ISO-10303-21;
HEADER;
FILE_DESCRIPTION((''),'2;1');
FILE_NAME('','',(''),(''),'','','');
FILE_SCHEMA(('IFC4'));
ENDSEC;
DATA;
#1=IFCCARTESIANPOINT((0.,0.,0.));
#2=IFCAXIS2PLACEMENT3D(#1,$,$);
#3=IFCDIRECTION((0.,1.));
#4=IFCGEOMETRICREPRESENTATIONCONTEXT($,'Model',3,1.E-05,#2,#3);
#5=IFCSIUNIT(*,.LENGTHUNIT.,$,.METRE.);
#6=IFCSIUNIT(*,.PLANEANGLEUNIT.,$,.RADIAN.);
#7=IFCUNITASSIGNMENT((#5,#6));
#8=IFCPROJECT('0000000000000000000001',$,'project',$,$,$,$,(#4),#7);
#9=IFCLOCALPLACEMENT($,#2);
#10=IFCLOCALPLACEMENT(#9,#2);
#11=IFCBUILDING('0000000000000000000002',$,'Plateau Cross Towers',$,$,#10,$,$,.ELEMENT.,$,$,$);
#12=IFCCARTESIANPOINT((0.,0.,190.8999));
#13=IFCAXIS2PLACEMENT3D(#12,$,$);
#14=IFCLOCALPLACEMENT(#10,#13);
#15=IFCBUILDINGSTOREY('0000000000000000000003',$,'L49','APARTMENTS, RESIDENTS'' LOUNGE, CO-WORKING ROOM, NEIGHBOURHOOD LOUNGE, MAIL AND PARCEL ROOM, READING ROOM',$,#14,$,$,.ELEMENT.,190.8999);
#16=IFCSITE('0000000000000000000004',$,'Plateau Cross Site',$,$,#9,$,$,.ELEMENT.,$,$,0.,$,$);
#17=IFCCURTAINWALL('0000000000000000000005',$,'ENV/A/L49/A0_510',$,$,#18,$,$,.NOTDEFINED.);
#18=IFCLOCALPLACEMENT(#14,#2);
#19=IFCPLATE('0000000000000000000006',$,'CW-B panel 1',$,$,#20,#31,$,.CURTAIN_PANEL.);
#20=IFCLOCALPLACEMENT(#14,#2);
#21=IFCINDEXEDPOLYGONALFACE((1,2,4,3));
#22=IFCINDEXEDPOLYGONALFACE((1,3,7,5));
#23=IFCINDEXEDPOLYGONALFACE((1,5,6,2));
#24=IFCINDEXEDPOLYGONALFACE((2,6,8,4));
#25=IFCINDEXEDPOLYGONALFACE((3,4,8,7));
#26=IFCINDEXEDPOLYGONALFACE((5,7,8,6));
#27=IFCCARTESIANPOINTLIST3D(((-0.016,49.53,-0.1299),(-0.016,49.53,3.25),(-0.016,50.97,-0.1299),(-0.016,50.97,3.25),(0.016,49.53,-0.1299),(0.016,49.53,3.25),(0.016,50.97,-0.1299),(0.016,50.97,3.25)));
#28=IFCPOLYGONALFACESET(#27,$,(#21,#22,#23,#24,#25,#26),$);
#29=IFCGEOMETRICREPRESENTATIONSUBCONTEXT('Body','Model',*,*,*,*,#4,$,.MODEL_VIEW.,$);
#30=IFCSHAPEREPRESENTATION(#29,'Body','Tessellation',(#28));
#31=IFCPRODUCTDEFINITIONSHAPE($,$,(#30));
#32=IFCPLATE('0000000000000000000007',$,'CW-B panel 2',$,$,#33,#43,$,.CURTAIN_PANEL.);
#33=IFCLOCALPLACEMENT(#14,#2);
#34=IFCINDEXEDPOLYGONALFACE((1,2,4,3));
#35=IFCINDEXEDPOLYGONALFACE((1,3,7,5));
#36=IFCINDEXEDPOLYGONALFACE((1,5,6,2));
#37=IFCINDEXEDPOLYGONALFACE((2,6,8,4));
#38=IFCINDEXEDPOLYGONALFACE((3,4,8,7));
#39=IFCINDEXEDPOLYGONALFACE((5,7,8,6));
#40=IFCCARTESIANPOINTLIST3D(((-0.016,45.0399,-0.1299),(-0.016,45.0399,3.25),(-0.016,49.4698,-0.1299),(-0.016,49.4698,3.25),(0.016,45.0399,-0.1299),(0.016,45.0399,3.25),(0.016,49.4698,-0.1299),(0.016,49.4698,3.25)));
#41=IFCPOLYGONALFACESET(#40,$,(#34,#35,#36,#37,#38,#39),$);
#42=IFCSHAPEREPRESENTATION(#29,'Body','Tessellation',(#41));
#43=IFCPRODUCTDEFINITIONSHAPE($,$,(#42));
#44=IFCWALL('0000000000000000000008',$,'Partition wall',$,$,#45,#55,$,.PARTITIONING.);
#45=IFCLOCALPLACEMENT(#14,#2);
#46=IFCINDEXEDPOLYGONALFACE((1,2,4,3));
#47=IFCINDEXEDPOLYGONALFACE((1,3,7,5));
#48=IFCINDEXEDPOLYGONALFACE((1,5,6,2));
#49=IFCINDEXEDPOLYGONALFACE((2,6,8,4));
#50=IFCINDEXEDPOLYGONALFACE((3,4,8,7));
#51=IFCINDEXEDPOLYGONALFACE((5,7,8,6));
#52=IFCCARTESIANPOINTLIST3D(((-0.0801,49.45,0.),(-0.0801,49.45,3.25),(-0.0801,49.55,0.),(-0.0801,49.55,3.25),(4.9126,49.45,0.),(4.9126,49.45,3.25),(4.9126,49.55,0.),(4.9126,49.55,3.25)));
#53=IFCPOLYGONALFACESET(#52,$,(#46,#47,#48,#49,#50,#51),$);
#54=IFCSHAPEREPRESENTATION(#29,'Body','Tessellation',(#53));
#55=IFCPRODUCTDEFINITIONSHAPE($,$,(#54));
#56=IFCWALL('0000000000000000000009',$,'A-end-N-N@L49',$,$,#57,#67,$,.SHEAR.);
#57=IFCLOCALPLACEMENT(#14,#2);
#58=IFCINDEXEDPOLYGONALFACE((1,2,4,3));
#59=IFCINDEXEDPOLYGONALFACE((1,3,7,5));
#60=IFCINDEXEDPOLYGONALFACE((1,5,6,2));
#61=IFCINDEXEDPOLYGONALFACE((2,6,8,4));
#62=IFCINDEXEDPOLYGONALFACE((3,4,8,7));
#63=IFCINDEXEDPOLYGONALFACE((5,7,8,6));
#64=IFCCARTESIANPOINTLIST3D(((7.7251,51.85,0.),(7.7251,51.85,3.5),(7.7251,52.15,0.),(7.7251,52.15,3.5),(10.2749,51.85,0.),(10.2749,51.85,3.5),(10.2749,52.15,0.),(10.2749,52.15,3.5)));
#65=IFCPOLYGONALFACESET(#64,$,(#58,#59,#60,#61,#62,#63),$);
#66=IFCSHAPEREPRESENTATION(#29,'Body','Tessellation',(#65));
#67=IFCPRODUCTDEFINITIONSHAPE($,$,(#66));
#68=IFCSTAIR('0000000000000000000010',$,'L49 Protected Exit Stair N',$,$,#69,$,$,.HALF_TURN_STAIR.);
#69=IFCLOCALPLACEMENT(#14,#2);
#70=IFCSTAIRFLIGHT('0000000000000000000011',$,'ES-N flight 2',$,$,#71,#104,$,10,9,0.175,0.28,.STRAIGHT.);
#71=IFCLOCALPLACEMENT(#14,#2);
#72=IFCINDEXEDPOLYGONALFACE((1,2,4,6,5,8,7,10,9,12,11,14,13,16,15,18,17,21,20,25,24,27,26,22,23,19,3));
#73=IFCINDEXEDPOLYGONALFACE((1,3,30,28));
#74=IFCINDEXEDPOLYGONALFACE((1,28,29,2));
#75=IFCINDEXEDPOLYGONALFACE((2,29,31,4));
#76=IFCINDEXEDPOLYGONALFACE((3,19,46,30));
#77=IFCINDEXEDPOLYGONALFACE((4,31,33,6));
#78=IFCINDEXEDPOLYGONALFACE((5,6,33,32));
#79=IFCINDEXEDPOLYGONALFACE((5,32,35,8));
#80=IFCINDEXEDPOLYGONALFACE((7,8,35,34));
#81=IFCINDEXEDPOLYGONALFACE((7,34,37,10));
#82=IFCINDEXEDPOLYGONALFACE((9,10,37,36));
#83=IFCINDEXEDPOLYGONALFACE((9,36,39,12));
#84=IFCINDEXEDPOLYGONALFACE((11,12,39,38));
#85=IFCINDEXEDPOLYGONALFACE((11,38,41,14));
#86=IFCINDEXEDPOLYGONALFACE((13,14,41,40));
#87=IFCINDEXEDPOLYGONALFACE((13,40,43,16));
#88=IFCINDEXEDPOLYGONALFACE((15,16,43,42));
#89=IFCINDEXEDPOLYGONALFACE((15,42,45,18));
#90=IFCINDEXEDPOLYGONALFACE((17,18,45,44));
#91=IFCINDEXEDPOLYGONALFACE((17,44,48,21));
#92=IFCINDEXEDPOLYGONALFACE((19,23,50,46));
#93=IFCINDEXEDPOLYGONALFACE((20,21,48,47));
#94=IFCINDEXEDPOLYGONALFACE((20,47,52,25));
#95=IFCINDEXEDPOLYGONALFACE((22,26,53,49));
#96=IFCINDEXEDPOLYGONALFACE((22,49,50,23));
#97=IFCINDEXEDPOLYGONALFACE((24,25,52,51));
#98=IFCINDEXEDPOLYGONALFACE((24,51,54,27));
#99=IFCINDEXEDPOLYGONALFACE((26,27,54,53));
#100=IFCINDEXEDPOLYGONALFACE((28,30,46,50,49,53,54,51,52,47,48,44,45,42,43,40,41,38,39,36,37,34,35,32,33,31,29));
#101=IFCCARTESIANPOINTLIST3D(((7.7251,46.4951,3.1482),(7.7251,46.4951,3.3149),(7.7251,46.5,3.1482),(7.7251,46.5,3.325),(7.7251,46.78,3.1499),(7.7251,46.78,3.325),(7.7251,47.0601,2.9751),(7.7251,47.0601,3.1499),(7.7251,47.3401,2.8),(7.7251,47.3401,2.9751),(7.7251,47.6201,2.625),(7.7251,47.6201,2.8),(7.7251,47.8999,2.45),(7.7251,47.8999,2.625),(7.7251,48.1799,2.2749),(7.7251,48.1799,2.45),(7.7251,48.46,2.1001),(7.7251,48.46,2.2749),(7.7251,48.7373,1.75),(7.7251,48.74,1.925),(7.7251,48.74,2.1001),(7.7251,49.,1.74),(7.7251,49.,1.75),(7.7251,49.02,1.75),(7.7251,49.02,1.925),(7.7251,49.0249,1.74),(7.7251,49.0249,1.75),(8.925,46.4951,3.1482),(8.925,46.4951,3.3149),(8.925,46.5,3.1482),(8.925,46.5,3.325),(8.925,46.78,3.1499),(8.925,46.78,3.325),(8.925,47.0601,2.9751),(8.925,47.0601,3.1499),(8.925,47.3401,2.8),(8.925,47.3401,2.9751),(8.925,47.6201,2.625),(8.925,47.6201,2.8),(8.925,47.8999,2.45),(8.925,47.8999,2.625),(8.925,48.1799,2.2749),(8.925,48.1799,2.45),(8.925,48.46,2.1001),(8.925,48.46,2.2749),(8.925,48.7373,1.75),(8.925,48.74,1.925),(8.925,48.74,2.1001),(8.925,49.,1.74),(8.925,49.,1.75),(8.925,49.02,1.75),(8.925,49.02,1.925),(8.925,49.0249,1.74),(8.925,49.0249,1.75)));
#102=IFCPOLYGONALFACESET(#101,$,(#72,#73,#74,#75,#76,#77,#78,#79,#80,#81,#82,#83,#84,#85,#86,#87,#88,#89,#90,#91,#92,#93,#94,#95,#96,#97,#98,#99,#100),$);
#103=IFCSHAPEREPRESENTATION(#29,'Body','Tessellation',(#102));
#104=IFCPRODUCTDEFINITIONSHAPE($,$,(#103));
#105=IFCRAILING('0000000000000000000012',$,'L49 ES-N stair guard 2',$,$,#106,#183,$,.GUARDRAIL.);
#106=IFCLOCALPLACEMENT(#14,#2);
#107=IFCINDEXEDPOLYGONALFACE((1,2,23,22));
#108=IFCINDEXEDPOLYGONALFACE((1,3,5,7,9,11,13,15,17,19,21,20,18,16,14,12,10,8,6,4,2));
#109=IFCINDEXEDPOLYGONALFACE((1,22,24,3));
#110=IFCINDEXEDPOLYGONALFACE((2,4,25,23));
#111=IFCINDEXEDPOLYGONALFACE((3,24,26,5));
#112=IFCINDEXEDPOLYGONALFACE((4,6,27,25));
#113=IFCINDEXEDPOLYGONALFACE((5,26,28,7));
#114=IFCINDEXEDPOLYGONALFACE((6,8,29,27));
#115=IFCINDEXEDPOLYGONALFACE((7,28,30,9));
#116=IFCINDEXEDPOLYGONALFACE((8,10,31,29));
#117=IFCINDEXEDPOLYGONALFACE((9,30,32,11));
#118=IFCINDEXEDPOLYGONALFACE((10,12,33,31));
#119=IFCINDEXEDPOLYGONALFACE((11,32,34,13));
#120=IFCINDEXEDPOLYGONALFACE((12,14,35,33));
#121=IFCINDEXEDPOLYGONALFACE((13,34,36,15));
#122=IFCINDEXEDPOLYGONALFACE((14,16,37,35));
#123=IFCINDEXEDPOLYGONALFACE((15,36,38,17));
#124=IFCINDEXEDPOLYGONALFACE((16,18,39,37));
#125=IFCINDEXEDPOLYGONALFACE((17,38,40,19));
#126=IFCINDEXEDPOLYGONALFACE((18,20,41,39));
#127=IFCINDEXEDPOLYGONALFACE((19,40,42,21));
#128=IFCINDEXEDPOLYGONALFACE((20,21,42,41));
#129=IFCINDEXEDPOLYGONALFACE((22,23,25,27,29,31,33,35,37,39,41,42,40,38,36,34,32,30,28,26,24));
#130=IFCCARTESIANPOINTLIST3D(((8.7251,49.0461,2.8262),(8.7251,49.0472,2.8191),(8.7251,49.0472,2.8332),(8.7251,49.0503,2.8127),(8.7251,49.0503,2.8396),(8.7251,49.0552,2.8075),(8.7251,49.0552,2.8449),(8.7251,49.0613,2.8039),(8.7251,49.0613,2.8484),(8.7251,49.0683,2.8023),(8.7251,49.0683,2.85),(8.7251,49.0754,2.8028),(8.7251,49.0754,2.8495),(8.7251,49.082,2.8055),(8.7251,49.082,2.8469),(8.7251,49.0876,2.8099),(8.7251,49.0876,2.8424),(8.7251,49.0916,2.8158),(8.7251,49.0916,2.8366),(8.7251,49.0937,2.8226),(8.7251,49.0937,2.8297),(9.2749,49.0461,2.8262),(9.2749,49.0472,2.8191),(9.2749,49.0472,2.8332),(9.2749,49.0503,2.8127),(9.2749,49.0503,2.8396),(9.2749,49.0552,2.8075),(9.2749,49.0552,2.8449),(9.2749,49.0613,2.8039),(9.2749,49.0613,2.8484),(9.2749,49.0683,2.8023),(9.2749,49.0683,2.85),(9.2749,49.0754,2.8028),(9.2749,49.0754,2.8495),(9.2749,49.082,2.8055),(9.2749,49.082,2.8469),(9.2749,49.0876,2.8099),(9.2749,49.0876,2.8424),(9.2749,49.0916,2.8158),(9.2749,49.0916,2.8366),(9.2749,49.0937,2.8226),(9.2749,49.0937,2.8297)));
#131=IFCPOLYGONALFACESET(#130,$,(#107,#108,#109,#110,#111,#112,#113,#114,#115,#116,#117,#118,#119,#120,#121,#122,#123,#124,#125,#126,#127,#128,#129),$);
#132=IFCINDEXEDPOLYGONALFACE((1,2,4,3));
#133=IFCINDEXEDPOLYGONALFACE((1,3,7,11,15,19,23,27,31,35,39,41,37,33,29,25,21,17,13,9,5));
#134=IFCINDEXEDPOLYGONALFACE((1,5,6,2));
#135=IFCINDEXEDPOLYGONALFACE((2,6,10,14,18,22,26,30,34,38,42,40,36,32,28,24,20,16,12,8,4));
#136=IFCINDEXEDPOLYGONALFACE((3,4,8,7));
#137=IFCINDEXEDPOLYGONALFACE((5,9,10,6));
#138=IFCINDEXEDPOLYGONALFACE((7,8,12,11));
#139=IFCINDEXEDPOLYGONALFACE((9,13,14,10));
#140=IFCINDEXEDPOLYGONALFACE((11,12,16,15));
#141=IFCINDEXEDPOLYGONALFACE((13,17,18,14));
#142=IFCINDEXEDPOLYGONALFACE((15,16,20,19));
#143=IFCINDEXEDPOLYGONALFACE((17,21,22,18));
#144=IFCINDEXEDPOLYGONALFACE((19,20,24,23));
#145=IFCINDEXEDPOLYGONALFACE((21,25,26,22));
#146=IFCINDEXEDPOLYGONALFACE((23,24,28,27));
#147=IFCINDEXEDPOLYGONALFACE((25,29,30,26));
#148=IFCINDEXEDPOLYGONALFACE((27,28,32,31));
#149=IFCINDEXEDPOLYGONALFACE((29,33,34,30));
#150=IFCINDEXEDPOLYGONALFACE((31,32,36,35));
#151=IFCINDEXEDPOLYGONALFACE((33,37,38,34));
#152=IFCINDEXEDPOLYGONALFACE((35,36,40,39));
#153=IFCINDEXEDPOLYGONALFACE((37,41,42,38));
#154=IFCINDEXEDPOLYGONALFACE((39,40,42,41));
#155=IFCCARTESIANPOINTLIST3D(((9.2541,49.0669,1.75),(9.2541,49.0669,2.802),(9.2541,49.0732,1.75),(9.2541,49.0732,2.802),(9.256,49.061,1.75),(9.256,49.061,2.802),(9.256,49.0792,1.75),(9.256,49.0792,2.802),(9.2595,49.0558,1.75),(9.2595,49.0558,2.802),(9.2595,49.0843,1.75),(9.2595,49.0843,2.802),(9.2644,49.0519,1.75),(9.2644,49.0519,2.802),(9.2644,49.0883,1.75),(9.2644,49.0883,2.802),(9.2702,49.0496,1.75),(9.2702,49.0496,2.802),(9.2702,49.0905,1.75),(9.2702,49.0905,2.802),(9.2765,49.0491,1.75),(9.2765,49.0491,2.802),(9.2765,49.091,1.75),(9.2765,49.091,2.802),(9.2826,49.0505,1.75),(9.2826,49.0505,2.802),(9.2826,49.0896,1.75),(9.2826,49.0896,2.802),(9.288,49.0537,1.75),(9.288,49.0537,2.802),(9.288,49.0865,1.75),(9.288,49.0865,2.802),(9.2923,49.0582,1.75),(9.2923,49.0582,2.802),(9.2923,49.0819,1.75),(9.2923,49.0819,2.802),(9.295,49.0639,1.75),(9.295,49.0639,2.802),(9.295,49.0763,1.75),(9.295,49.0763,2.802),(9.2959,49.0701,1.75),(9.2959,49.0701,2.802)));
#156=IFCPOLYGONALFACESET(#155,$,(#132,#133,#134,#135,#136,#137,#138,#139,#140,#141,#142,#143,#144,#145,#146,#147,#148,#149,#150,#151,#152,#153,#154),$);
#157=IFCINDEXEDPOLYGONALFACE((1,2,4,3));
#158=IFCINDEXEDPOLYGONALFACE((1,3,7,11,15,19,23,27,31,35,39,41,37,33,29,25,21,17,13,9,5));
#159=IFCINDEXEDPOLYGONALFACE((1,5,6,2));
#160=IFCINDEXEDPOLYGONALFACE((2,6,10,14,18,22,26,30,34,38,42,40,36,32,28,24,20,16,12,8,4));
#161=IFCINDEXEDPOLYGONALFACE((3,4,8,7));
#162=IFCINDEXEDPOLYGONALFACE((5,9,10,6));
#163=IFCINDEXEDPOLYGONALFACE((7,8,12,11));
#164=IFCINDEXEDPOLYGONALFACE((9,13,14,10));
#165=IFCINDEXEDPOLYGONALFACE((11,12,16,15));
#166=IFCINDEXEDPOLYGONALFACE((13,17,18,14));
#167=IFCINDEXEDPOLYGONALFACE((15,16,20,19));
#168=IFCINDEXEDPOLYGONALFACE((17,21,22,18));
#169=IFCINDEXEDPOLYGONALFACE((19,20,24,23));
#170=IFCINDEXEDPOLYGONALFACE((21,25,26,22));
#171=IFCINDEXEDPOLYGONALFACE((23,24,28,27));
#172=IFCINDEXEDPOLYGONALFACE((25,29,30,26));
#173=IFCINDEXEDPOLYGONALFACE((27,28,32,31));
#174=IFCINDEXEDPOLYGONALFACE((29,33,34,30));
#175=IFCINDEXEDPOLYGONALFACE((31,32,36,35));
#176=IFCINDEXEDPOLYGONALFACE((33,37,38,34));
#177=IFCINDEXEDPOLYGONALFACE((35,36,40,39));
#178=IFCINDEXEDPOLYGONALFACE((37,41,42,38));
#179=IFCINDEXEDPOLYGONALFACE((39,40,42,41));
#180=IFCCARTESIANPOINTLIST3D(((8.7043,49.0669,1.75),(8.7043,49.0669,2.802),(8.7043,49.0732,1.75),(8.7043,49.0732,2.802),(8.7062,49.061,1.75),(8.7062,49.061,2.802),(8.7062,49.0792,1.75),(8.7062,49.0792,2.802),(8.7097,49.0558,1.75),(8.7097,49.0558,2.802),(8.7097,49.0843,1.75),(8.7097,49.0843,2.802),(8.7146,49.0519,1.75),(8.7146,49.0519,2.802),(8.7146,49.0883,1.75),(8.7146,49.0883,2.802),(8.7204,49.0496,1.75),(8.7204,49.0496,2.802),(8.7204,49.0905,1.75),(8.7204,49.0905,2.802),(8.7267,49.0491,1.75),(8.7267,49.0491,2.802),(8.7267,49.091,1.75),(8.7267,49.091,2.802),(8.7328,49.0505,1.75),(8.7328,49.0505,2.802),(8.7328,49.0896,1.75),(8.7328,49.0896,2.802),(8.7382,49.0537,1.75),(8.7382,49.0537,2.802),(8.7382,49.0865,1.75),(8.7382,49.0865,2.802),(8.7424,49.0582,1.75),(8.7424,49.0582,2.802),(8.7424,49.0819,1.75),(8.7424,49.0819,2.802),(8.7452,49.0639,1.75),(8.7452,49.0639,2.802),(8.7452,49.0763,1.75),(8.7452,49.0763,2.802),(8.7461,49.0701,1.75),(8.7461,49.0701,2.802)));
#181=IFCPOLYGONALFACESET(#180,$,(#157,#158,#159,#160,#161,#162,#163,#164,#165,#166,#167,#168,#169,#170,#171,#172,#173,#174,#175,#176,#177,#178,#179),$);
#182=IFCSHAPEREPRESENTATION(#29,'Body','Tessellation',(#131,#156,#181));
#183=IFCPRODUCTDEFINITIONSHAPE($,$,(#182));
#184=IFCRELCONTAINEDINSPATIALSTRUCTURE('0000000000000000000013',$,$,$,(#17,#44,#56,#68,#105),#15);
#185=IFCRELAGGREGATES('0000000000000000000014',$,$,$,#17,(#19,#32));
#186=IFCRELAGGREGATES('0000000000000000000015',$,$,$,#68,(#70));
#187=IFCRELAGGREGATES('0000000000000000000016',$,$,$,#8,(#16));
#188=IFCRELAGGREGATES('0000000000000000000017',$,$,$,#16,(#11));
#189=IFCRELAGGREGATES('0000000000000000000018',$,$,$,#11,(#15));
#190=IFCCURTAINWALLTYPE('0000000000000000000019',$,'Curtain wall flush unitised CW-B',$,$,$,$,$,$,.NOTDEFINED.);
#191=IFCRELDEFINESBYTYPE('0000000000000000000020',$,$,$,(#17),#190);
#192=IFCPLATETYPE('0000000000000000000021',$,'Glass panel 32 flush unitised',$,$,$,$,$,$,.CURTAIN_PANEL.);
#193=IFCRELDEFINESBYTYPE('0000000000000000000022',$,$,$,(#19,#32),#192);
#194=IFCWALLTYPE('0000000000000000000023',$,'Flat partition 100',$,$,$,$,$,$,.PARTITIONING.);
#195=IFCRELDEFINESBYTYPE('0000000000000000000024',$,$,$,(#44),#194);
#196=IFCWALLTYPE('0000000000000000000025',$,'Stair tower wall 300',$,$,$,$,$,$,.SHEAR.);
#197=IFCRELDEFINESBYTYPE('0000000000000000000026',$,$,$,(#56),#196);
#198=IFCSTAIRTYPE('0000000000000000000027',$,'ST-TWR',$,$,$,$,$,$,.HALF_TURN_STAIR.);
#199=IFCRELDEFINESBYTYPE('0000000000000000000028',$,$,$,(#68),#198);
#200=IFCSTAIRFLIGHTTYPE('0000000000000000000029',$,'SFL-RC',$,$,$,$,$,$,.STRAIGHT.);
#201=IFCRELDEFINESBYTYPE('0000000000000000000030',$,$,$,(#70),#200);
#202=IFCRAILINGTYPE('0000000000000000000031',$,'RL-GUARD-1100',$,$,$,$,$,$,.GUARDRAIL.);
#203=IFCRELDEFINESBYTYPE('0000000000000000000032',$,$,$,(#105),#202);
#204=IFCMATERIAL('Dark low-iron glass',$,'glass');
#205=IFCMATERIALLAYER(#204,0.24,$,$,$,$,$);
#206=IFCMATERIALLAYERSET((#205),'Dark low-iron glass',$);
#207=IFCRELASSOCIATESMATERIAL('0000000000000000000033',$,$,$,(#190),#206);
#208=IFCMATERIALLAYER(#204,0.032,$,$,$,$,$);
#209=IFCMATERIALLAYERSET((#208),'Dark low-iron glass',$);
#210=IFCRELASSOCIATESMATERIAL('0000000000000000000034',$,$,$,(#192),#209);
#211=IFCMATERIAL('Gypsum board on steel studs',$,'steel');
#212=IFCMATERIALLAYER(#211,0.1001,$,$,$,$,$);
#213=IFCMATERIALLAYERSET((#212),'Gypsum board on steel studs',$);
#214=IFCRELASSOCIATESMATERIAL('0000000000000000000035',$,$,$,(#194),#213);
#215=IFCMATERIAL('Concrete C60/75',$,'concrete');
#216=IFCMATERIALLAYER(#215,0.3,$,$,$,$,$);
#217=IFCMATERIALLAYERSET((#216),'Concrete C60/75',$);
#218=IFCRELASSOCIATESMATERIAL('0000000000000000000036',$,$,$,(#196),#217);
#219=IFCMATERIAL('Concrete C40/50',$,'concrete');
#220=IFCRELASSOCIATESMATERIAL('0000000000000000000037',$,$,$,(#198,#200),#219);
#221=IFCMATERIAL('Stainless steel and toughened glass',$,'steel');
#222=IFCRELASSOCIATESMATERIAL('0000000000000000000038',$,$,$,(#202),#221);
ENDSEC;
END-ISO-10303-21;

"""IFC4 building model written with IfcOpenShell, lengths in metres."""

from ifc_helpers import new_model, si_unit, direction, frame, frame_2d, origin, origin_2d, place, context, subcontext, project, spatial, polyline, rectangle, circle, outline, extrude, material, layer, layer_set, type_object, element, aggregate, save


model = new_model("IFC4")

# Units and contexts
model_context = context("Model", 3, precision=1e-05, world=origin(), true_north=direction((0.0, 1.0)))
body_context = subcontext(model_context, "Body", "Model", "MODEL_VIEW")
ifc_project = project(units=[si_unit("LENGTHUNIT", "METRE"), si_unit("PLANEANGLEUNIT", "RADIAN")], contexts=[model_context])

# Site, building, storey
site_placement = place(None, origin())
site = spatial("IfcSite", under=ifc_project, at=site_placement, Name="Plateau Cross Site", CompositionType="ELEMENT", RefElevation=0.0)
building_placement = place(site_placement, origin())
building = spatial("IfcBuilding", under=site, at=building_placement, Name="Plateau Cross Towers", CompositionType="ELEMENT")
storey_placement = place(building_placement, frame((0.0, 0.0, 190.8999)))
storey = spatial("IfcBuildingStorey", under=building, at=storey_placement, Name="L49", Description="APARTMENTS, RESIDENTS' LOUNGE, CO-WORKING ROOM, NEIGHBOURHOOD LOUNGE, MAIL AND PARCEL ROOM, READING ROOM", CompositionType="ELEMENT", Elevation=190.8999)

# Shared definitions
ifc_material_1 = material(Name="Concrete C60/75", Category="concrete")

# Shared definitions
ifc_material_2 = material(Name="Dark low-iron glass", Category="glass")
ifc_layer_1 = layer(ifc_material_2, 0.24)
ifc_layer_set_1 = layer_set([ifc_layer_1], Name="Dark low-iron glass")
curtain_wall_type = type_object("IfcCurtainWallType", Name="Curtain wall flush unitised CW-B", PredefinedType="NOTDEFINED", material=ifc_layer_set_1)

# Curtain wall
curtain_wall_1_placement = place(storey_placement, origin())
curtain_wall_1 = element("IfcCurtainWall", 1, at=curtain_wall_1_placement, inside=storey, type_object=curtain_wall_type, Name="ENV/A/L49/A0_510", PredefinedType="NOTDEFINED")

# Plates
ifc_layer_2 = layer(ifc_material_2, 0.032)
ifc_layer_set_2 = layer_set([ifc_layer_2], Name="Dark low-iron glass")
plate_type = type_object("IfcPlateType", Name="Glass panel 32 flush unitised", PredefinedType="CURTAIN_PANEL", material=ifc_layer_set_2)
plate_1_placement = place(storey_placement, frame((0.0, 50.25, -0.1299), z_axis=(0.0, 0.0, 1.0), x_axis=(0.0, -1.0, 0.0)))
plate_1 = element("IfcPlate", 2, at=plate_1_placement, type_object=plate_type, Name="CW-B panel 1", PredefinedType="CURTAIN_PANEL", context=body_context, shape_type="SweptSolid", body=[
    extrude(rectangle(XDim=1.4399, YDim=0.032, at=origin_2d()), origin(), (0.0, 0.0, 1.0), 3.3799),
])
plate_2_placement = place(storey_placement, frame((0.0, 47.2549, -0.1299), z_axis=(0.0, 0.0, 1.0), x_axis=(0.0, -1.0, 0.0)))
plate_2 = element("IfcPlate", 3, at=plate_2_placement, type_object=plate_type, Name="CW-B panel 2", PredefinedType="CURTAIN_PANEL", context=body_context, shape_type="SweptSolid", body=[
    extrude(rectangle(XDim=4.4299, YDim=0.032, at=origin_2d()), origin(), (0.0, 0.0, 1.0), 3.3799),
])
aggregate(curtain_wall_1, [plate_1, plate_2])

# Walls
ifc_material_3 = material(Name="Gypsum board on steel studs", Category="steel")
ifc_layer_3 = layer(ifc_material_3, 0.1001)
ifc_layer_set_3 = layer_set([ifc_layer_3], Name="Gypsum board on steel studs")
wall_type_1 = type_object("IfcWallType", Name="Flat partition 100", PredefinedType="PARTITIONING", material=ifc_layer_set_3)
wall_1_placement = place(storey_placement, frame((4.9126, 49.5, 0.0), z_axis=(0.0, 0.0, 1.0), x_axis=(-1.0, 0.0, 0.0)))
element("IfcWall", 4, at=wall_1_placement, inside=storey, type_object=wall_type_1, Name="Partition wall", PredefinedType="PARTITIONING", context=body_context, shape_type="SweptSolid", body=[
    extrude(rectangle(XDim=4.9927, YDim=0.1001, at=frame_2d((2.4963, 0.0))), origin(), (0.0, 0.0, 1.0), 3.25),
])
ifc_layer_4 = layer(ifc_material_1, 0.3)
ifc_layer_set_4 = layer_set([ifc_layer_4], Name="Concrete C60/75")
wall_type_2 = type_object("IfcWallType", Name="Stair tower wall 300", PredefinedType="SHEAR", material=ifc_layer_set_4)
wall_2_placement = place(storey_placement, frame((7.7251, 52.0, 0.0), z_axis=(0.0, 0.0, 1.0), x_axis=(1.0, 0.0, 0.0)))
element("IfcWall", 5, at=wall_2_placement, inside=storey, type_object=wall_type_2, Name="A-end-N-N@L49", PredefinedType="SHEAR", context=body_context, shape_type="SweptSolid", body=[
    extrude(rectangle(XDim=2.5498, YDim=0.3, at=frame_2d((1.2749, 0.0))), origin(), (0.0, 0.0, 1.0), 3.5),
])

# Stair, stair flight
ifc_material_4 = material(Name="Concrete C40/50", Category="concrete")
stair_type = type_object("IfcStairType", Name="ST-TWR", PredefinedType="HALF_TURN_STAIR", material=ifc_material_4)
stair_placement = place(storey_placement, origin())
stair = element("IfcStair", 6, at=stair_placement, inside=storey, type_object=stair_type, Name="L49 Protected Exit Stair N", PredefinedType="HALF_TURN_STAIR")
stair_flight_type = type_object("IfcStairFlightType", Name="SFL-RC", PredefinedType="STRAIGHT", material=ifc_material_4)
stair_flight_placement = place(storey_placement, frame((8.325, 49.02, 1.75), z_axis=(0.0, 0.0, 1.0), x_axis=(0.0, -1.0, 0.0)))
stair_flight = element("IfcStairFlight", 7, at=stair_flight_placement, type_object=stair_flight_type, Name="ES-N flight 2", NumberOfRisers=10, NumberOfTreads=9, PredefinedType="STRAIGHT", RiserHeight=0.175, TreadLength=0.28, context=body_context, shape_type="SweptSolid", body=[
    extrude(outline(polyline([(-0.0049, -0.01), (-0.0049, 0.0), (0.0, 0.0), (0.0, 0.175), (0.28, 0.175), (0.28, 0.3501), (0.5601, 0.3501), (0.5601, 0.5249), (0.8401, 0.5249), (0.8401, 0.7), (1.1201, 0.7), (1.1201, 0.875), (1.3999, 0.875), (1.3999, 1.05), (1.6799, 1.05), (1.6799, 1.2251), (1.96, 1.2251), (1.96, 1.3999), (2.24, 1.3999), (2.24, 1.575), (2.52, 1.575), (2.5249, 1.5649), (2.5249, 1.3982), (2.52, 1.3982), (0.2827, 0.0), (0.02, 0.0), (0.02, -0.01), (-0.0049, -0.01)])), frame((0.0, 0.6001, 0.0), z_axis=(0.0, -1.0, 0.0), x_axis=(1.0, 0.0, 0.0)), (0.0, 0.0, 1.0), 1.2),
])
aggregate(stair, [stair_flight])

# Railing
ifc_material_5 = material(Name="Stainless steel and toughened glass", Category="steel")
railing_type_1 = type_object("IfcRailingType", Name="RL-GUARD-1100", PredefinedType="GUARDRAIL", material=ifc_material_5)
railing_1_placement = place(storey_placement, frame((9.2749, 49.0701, 1.75)))
element("IfcRailing", 8, at=railing_1_placement, inside=storey, type_object=railing_type_1, Name="L49 ES-N stair guard 2", PredefinedType="GUARDRAIL", context=body_context, shape_type="SweptSolid", body=[
    extrude(circle(Radius=0.0239, at=origin_2d()), frame((0.0, 0.0, 1.0762), z_axis=(-1.0, 0.0, 0.0), x_axis=(0.0, -1.0, 0.0)), (0.0, 0.0, 1.0), 0.5498),
    extrude(circle(Radius=0.021, at=origin_2d()), origin(), (0.0, 0.0, 1.0), 1.052),
    extrude(circle(Radius=0.021, at=origin_2d()), frame((-0.5498, 0.0, 0.0)), (0.0, 0.0, 1.0), 1.052),
])

save(model, "model.ifc")
